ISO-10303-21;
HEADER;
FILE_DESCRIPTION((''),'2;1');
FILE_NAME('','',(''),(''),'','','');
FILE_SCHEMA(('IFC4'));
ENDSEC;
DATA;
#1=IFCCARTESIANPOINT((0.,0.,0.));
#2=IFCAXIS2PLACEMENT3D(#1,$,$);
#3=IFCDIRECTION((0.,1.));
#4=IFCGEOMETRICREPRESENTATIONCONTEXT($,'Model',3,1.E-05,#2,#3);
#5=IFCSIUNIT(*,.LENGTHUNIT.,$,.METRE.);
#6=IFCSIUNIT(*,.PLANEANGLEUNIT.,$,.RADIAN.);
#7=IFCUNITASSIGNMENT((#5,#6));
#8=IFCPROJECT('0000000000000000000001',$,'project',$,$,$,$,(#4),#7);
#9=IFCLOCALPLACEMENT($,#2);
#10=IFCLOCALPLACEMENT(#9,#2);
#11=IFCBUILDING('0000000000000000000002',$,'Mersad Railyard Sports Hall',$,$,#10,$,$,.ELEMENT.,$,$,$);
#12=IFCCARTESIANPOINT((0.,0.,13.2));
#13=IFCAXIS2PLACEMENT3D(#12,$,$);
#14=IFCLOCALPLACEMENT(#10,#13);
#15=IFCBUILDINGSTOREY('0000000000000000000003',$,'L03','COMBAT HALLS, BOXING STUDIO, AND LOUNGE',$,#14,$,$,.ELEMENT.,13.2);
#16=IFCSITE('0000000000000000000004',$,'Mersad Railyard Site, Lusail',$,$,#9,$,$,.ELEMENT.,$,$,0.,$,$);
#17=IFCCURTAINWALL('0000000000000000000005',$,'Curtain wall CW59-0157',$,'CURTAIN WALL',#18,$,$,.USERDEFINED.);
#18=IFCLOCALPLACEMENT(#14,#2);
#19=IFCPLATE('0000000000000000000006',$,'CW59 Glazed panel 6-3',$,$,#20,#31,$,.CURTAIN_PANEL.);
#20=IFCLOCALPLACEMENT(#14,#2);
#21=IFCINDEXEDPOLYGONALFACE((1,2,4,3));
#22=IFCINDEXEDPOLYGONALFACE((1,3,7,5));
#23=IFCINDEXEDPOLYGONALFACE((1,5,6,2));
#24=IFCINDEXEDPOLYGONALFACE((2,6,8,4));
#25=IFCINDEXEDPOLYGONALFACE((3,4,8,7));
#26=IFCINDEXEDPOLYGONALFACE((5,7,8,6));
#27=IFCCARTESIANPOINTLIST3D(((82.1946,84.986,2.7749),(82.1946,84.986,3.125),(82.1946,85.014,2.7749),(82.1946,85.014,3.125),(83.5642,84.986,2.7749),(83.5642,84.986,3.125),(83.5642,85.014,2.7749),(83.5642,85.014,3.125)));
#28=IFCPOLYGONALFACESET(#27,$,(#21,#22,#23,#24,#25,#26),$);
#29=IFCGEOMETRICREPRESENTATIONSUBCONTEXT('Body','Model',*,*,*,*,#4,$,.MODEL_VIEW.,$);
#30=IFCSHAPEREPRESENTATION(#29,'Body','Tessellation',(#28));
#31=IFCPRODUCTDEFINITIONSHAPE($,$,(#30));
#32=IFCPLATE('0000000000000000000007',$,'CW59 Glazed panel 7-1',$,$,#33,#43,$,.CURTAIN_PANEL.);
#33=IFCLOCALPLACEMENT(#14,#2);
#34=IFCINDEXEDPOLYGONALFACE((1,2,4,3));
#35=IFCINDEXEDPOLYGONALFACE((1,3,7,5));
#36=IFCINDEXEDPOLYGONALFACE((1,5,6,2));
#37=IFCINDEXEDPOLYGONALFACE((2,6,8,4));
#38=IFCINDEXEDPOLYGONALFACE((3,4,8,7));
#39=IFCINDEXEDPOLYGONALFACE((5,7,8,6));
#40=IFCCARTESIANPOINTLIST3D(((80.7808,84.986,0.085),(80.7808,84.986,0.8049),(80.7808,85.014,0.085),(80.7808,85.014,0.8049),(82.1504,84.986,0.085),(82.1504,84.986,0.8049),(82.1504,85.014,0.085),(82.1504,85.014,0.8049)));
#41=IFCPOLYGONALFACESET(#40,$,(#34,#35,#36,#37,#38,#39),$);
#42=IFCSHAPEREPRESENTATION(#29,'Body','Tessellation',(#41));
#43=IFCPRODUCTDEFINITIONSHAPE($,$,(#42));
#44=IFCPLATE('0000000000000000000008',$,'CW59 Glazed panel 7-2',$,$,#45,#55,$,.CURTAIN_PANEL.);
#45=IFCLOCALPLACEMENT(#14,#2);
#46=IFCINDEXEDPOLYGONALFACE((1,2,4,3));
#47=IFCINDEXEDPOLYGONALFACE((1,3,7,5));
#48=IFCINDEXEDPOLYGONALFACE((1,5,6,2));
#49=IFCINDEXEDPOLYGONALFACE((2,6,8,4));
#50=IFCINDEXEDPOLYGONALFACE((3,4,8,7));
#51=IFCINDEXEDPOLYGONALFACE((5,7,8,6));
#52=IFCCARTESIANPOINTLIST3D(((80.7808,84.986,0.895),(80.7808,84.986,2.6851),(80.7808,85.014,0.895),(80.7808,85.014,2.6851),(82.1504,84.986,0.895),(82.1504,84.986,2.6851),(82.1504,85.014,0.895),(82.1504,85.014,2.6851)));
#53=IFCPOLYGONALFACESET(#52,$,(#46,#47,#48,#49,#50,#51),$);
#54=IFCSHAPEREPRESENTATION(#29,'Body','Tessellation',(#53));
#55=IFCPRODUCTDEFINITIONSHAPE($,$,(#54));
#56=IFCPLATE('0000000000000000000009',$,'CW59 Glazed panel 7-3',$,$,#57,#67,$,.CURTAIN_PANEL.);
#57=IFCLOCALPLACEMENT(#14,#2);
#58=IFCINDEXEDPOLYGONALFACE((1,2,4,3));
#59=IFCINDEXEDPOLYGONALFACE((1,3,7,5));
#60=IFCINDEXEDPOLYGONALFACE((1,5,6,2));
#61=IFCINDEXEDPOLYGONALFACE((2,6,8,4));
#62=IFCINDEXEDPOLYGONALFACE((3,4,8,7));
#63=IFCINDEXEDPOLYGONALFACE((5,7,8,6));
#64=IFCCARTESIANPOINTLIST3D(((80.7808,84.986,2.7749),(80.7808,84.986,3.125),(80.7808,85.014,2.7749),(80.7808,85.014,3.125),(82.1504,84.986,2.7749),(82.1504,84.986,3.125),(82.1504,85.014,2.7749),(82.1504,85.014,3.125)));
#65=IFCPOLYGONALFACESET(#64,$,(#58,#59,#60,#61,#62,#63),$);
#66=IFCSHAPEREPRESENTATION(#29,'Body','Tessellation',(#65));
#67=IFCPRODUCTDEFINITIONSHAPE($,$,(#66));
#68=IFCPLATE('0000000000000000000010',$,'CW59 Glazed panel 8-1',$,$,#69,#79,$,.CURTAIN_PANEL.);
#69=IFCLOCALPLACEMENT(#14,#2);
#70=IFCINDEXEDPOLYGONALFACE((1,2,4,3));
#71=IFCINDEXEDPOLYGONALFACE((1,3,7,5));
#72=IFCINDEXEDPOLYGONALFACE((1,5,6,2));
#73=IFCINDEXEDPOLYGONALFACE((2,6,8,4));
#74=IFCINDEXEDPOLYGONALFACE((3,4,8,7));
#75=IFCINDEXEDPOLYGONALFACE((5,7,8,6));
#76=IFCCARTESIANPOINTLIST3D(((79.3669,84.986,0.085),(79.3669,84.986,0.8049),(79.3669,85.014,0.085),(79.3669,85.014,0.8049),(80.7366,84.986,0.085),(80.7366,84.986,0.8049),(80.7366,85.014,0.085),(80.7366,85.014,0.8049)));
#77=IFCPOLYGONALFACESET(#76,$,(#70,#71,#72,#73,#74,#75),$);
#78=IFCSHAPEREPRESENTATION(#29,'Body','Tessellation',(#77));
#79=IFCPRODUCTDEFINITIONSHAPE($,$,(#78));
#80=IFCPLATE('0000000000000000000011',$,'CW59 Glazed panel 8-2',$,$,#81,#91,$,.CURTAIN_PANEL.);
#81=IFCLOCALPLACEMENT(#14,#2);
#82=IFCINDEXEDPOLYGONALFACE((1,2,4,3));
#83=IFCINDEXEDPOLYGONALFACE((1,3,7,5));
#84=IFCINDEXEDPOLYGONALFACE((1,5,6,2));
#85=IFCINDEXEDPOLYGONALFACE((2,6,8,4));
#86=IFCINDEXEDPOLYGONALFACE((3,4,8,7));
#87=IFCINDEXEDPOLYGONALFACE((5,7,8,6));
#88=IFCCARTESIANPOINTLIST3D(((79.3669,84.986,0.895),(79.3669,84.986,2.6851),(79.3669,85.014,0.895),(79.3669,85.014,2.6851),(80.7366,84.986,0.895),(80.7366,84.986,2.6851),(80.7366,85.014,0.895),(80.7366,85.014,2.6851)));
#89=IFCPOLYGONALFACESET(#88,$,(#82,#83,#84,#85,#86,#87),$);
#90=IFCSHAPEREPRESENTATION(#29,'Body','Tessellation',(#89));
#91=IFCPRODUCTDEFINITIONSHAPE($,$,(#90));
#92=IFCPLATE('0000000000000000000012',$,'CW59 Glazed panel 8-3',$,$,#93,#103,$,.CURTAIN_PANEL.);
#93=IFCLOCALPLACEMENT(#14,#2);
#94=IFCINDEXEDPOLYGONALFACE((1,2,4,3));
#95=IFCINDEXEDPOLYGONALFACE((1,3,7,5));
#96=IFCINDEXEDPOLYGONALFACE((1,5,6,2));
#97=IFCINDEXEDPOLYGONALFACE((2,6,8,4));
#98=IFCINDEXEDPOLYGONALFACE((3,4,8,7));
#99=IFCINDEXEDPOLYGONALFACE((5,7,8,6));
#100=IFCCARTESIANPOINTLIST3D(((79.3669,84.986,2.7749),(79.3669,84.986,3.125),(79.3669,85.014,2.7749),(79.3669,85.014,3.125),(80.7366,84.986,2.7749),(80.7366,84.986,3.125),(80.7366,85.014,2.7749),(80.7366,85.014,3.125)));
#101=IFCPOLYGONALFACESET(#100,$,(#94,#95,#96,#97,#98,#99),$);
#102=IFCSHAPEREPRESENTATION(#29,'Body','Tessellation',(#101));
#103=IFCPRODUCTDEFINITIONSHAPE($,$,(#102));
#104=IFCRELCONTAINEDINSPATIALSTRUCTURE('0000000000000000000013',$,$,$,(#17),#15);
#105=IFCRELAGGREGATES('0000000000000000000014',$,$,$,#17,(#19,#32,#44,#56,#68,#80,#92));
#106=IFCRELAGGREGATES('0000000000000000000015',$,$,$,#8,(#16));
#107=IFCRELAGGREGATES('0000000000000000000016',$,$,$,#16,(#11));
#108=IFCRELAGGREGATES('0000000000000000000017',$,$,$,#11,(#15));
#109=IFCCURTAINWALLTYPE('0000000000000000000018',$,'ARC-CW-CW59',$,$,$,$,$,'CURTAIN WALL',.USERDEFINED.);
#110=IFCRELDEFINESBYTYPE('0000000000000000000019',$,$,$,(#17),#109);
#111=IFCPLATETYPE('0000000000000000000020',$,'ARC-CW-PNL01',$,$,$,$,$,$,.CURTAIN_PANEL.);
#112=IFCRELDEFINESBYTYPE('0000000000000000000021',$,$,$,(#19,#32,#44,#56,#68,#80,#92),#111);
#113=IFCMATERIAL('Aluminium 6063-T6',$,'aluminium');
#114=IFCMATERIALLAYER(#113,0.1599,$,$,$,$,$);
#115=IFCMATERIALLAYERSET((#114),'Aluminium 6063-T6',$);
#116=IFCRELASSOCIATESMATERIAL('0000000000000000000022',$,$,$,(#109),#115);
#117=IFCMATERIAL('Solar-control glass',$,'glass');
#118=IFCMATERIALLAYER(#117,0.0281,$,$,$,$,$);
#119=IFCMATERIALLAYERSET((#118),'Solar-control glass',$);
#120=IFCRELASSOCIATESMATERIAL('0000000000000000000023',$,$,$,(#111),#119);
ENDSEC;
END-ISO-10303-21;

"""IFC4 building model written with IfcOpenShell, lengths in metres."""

from ifc_helpers import new_model, si_unit, direction, frame, origin, origin_2d, place, context, subcontext, project, spatial, rectangle, extrude, material, layer, layer_set, type_object, element, aggregate, save


model = new_model("IFC4")

# Units and contexts
model_context = context("Model", 3, precision=1e-05, world=origin(), true_north=direction((0.0, 1.0)))
body_context = subcontext(model_context, "Body", "Model", "MODEL_VIEW")
ifc_project = project(units=[si_unit("LENGTHUNIT", "METRE"), si_unit("PLANEANGLEUNIT", "RADIAN")], contexts=[model_context])

# Site, building, storey
site_placement = place(None, origin())
site = spatial("IfcSite", under=ifc_project, at=site_placement, Name="Mersad Railyard Site, Lusail", CompositionType="ELEMENT", RefElevation=0.0)
building_placement = place(site_placement, origin())
building = spatial("IfcBuilding", under=site, at=building_placement, Name="Mersad Railyard Sports Hall", CompositionType="ELEMENT")
storey_placement = place(building_placement, frame((0.0, 0.0, 13.2)))
storey = spatial("IfcBuildingStorey", under=building, at=storey_placement, Name="L03", Description="COMBAT HALLS, BOXING STUDIO, AND LOUNGE", CompositionType="ELEMENT", Elevation=13.2)

# Shared definitions
ifc_material_1 = material(Name="Aluminium 6063-T6", Category="aluminium")
ifc_layer_1 = layer(ifc_material_1, 0.1599)
ifc_layer_set_1 = layer_set([ifc_layer_1], Name="Aluminium 6063-T6")
curtain_wall_type = type_object("IfcCurtainWallType", Name="ARC-CW-CW59", ElementType="CURTAIN WALL", PredefinedType="USERDEFINED", material=ifc_layer_set_1)

# Curtain wall
curtain_wall_1_placement = place(storey_placement, origin())
curtain_wall_1 = element("IfcCurtainWall", 1, at=curtain_wall_1_placement, inside=storey, type_object=curtain_wall_type, Name="Curtain wall CW59-0157", ObjectType="CURTAIN WALL", PredefinedType="USERDEFINED")

# Plates
ifc_material_2 = material(Name="Solar-control glass", Category="glass")
ifc_layer_2 = layer(ifc_material_2, 0.0281)
ifc_layer_set_2 = layer_set([ifc_layer_2], Name="Solar-control glass")
plate_type = type_object("IfcPlateType", Name="ARC-CW-PNL01", PredefinedType="CURTAIN_PANEL", material=ifc_layer_set_2)
plate_1_placement = place(storey_placement, frame((82.8794, 85.0, 2.7749), z_axis=(0.0, 0.0, 1.0), x_axis=(-1.0, 0.0, 0.0)))
plate_1 = element("IfcPlate", 2, at=plate_1_placement, type_object=plate_type, Name="CW59 Glazed panel 6-3", PredefinedType="CURTAIN_PANEL", context=body_context, shape_type="SweptSolid", body=[
    extrude(rectangle(XDim=1.3696, YDim=0.0281, at=origin_2d()), origin(), (0.0, 0.0, 1.0), 0.3501),
])
plate_2_placement = place(storey_placement, frame((81.4656, 85.0, 0.085), z_axis=(0.0, 0.0, 1.0), x_axis=(-1.0, 0.0, 0.0)))
plate_2 = element("IfcPlate", 3, at=plate_2_placement, type_object=plate_type, Name="CW59 Glazed panel 7-1", PredefinedType="CURTAIN_PANEL", context=body_context, shape_type="SweptSolid", body=[
    extrude(rectangle(XDim=1.3696, YDim=0.0281, at=origin_2d()), origin(), (0.0, 0.0, 1.0), 0.72),
])
plate_3_placement = place(storey_placement, frame((81.4656, 85.0, 0.895), z_axis=(0.0, 0.0, 1.0), x_axis=(-1.0, 0.0, 0.0)))
plate_3 = element("IfcPlate", 4, at=plate_3_placement, type_object=plate_type, Name="CW59 Glazed panel 7-2", PredefinedType="CURTAIN_PANEL", context=body_context, shape_type="SweptSolid", body=[
    extrude(rectangle(XDim=1.3696, YDim=0.0281, at=origin_2d()), origin(), (0.0, 0.0, 1.0), 1.79),
])
plate_4_placement = place(storey_placement, frame((81.4656, 85.0, 2.7749), z_axis=(0.0, 0.0, 1.0), x_axis=(-1.0, 0.0, 0.0)))
plate_4 = element("IfcPlate", 5, at=plate_4_placement, type_object=plate_type, Name="CW59 Glazed panel 7-3", PredefinedType="CURTAIN_PANEL", context=body_context, shape_type="SweptSolid", body=[
    extrude(rectangle(XDim=1.3696, YDim=0.0281, at=origin_2d()), origin(), (0.0, 0.0, 1.0), 0.3501),
])
plate_5_placement = place(storey_placement, frame((80.0518, 85.0, 0.085), z_axis=(0.0, 0.0, 1.0), x_axis=(-1.0, 0.0, 0.0)))
plate_5 = element("IfcPlate", 6, at=plate_5_placement, type_object=plate_type, Name="CW59 Glazed panel 8-1", PredefinedType="CURTAIN_PANEL", context=body_context, shape_type="SweptSolid", body=[
    extrude(rectangle(XDim=1.3696, YDim=0.0281, at=origin_2d()), origin(), (0.0, 0.0, 1.0), 0.72),
])
plate_6_placement = place(storey_placement, frame((80.0518, 85.0, 0.895), z_axis=(0.0, 0.0, 1.0), x_axis=(-1.0, 0.0, 0.0)))
plate_6 = element("IfcPlate", 7, at=plate_6_placement, type_object=plate_type, Name="CW59 Glazed panel 8-2", PredefinedType="CURTAIN_PANEL", context=body_context, shape_type="SweptSolid", body=[
    extrude(rectangle(XDim=1.3696, YDim=0.0281, at=origin_2d()), origin(), (0.0, 0.0, 1.0), 1.79),
])
plate_7_placement = place(storey_placement, frame((80.0518, 85.0, 2.7749), z_axis=(0.0, 0.0, 1.0), x_axis=(-1.0, 0.0, 0.0)))
plate_7 = element("IfcPlate", 8, at=plate_7_placement, type_object=plate_type, Name="CW59 Glazed panel 8-3", PredefinedType="CURTAIN_PANEL", context=body_context, shape_type="SweptSolid", body=[
    extrude(rectangle(XDim=1.3696, YDim=0.0281, at=origin_2d()), origin(), (0.0, 0.0, 1.0), 0.3501),
])
aggregate(curtain_wall_1, [plate_1, plate_2, plate_3, plate_4, plate_5, plate_6, plate_7])

save(model, "model.ifc")
